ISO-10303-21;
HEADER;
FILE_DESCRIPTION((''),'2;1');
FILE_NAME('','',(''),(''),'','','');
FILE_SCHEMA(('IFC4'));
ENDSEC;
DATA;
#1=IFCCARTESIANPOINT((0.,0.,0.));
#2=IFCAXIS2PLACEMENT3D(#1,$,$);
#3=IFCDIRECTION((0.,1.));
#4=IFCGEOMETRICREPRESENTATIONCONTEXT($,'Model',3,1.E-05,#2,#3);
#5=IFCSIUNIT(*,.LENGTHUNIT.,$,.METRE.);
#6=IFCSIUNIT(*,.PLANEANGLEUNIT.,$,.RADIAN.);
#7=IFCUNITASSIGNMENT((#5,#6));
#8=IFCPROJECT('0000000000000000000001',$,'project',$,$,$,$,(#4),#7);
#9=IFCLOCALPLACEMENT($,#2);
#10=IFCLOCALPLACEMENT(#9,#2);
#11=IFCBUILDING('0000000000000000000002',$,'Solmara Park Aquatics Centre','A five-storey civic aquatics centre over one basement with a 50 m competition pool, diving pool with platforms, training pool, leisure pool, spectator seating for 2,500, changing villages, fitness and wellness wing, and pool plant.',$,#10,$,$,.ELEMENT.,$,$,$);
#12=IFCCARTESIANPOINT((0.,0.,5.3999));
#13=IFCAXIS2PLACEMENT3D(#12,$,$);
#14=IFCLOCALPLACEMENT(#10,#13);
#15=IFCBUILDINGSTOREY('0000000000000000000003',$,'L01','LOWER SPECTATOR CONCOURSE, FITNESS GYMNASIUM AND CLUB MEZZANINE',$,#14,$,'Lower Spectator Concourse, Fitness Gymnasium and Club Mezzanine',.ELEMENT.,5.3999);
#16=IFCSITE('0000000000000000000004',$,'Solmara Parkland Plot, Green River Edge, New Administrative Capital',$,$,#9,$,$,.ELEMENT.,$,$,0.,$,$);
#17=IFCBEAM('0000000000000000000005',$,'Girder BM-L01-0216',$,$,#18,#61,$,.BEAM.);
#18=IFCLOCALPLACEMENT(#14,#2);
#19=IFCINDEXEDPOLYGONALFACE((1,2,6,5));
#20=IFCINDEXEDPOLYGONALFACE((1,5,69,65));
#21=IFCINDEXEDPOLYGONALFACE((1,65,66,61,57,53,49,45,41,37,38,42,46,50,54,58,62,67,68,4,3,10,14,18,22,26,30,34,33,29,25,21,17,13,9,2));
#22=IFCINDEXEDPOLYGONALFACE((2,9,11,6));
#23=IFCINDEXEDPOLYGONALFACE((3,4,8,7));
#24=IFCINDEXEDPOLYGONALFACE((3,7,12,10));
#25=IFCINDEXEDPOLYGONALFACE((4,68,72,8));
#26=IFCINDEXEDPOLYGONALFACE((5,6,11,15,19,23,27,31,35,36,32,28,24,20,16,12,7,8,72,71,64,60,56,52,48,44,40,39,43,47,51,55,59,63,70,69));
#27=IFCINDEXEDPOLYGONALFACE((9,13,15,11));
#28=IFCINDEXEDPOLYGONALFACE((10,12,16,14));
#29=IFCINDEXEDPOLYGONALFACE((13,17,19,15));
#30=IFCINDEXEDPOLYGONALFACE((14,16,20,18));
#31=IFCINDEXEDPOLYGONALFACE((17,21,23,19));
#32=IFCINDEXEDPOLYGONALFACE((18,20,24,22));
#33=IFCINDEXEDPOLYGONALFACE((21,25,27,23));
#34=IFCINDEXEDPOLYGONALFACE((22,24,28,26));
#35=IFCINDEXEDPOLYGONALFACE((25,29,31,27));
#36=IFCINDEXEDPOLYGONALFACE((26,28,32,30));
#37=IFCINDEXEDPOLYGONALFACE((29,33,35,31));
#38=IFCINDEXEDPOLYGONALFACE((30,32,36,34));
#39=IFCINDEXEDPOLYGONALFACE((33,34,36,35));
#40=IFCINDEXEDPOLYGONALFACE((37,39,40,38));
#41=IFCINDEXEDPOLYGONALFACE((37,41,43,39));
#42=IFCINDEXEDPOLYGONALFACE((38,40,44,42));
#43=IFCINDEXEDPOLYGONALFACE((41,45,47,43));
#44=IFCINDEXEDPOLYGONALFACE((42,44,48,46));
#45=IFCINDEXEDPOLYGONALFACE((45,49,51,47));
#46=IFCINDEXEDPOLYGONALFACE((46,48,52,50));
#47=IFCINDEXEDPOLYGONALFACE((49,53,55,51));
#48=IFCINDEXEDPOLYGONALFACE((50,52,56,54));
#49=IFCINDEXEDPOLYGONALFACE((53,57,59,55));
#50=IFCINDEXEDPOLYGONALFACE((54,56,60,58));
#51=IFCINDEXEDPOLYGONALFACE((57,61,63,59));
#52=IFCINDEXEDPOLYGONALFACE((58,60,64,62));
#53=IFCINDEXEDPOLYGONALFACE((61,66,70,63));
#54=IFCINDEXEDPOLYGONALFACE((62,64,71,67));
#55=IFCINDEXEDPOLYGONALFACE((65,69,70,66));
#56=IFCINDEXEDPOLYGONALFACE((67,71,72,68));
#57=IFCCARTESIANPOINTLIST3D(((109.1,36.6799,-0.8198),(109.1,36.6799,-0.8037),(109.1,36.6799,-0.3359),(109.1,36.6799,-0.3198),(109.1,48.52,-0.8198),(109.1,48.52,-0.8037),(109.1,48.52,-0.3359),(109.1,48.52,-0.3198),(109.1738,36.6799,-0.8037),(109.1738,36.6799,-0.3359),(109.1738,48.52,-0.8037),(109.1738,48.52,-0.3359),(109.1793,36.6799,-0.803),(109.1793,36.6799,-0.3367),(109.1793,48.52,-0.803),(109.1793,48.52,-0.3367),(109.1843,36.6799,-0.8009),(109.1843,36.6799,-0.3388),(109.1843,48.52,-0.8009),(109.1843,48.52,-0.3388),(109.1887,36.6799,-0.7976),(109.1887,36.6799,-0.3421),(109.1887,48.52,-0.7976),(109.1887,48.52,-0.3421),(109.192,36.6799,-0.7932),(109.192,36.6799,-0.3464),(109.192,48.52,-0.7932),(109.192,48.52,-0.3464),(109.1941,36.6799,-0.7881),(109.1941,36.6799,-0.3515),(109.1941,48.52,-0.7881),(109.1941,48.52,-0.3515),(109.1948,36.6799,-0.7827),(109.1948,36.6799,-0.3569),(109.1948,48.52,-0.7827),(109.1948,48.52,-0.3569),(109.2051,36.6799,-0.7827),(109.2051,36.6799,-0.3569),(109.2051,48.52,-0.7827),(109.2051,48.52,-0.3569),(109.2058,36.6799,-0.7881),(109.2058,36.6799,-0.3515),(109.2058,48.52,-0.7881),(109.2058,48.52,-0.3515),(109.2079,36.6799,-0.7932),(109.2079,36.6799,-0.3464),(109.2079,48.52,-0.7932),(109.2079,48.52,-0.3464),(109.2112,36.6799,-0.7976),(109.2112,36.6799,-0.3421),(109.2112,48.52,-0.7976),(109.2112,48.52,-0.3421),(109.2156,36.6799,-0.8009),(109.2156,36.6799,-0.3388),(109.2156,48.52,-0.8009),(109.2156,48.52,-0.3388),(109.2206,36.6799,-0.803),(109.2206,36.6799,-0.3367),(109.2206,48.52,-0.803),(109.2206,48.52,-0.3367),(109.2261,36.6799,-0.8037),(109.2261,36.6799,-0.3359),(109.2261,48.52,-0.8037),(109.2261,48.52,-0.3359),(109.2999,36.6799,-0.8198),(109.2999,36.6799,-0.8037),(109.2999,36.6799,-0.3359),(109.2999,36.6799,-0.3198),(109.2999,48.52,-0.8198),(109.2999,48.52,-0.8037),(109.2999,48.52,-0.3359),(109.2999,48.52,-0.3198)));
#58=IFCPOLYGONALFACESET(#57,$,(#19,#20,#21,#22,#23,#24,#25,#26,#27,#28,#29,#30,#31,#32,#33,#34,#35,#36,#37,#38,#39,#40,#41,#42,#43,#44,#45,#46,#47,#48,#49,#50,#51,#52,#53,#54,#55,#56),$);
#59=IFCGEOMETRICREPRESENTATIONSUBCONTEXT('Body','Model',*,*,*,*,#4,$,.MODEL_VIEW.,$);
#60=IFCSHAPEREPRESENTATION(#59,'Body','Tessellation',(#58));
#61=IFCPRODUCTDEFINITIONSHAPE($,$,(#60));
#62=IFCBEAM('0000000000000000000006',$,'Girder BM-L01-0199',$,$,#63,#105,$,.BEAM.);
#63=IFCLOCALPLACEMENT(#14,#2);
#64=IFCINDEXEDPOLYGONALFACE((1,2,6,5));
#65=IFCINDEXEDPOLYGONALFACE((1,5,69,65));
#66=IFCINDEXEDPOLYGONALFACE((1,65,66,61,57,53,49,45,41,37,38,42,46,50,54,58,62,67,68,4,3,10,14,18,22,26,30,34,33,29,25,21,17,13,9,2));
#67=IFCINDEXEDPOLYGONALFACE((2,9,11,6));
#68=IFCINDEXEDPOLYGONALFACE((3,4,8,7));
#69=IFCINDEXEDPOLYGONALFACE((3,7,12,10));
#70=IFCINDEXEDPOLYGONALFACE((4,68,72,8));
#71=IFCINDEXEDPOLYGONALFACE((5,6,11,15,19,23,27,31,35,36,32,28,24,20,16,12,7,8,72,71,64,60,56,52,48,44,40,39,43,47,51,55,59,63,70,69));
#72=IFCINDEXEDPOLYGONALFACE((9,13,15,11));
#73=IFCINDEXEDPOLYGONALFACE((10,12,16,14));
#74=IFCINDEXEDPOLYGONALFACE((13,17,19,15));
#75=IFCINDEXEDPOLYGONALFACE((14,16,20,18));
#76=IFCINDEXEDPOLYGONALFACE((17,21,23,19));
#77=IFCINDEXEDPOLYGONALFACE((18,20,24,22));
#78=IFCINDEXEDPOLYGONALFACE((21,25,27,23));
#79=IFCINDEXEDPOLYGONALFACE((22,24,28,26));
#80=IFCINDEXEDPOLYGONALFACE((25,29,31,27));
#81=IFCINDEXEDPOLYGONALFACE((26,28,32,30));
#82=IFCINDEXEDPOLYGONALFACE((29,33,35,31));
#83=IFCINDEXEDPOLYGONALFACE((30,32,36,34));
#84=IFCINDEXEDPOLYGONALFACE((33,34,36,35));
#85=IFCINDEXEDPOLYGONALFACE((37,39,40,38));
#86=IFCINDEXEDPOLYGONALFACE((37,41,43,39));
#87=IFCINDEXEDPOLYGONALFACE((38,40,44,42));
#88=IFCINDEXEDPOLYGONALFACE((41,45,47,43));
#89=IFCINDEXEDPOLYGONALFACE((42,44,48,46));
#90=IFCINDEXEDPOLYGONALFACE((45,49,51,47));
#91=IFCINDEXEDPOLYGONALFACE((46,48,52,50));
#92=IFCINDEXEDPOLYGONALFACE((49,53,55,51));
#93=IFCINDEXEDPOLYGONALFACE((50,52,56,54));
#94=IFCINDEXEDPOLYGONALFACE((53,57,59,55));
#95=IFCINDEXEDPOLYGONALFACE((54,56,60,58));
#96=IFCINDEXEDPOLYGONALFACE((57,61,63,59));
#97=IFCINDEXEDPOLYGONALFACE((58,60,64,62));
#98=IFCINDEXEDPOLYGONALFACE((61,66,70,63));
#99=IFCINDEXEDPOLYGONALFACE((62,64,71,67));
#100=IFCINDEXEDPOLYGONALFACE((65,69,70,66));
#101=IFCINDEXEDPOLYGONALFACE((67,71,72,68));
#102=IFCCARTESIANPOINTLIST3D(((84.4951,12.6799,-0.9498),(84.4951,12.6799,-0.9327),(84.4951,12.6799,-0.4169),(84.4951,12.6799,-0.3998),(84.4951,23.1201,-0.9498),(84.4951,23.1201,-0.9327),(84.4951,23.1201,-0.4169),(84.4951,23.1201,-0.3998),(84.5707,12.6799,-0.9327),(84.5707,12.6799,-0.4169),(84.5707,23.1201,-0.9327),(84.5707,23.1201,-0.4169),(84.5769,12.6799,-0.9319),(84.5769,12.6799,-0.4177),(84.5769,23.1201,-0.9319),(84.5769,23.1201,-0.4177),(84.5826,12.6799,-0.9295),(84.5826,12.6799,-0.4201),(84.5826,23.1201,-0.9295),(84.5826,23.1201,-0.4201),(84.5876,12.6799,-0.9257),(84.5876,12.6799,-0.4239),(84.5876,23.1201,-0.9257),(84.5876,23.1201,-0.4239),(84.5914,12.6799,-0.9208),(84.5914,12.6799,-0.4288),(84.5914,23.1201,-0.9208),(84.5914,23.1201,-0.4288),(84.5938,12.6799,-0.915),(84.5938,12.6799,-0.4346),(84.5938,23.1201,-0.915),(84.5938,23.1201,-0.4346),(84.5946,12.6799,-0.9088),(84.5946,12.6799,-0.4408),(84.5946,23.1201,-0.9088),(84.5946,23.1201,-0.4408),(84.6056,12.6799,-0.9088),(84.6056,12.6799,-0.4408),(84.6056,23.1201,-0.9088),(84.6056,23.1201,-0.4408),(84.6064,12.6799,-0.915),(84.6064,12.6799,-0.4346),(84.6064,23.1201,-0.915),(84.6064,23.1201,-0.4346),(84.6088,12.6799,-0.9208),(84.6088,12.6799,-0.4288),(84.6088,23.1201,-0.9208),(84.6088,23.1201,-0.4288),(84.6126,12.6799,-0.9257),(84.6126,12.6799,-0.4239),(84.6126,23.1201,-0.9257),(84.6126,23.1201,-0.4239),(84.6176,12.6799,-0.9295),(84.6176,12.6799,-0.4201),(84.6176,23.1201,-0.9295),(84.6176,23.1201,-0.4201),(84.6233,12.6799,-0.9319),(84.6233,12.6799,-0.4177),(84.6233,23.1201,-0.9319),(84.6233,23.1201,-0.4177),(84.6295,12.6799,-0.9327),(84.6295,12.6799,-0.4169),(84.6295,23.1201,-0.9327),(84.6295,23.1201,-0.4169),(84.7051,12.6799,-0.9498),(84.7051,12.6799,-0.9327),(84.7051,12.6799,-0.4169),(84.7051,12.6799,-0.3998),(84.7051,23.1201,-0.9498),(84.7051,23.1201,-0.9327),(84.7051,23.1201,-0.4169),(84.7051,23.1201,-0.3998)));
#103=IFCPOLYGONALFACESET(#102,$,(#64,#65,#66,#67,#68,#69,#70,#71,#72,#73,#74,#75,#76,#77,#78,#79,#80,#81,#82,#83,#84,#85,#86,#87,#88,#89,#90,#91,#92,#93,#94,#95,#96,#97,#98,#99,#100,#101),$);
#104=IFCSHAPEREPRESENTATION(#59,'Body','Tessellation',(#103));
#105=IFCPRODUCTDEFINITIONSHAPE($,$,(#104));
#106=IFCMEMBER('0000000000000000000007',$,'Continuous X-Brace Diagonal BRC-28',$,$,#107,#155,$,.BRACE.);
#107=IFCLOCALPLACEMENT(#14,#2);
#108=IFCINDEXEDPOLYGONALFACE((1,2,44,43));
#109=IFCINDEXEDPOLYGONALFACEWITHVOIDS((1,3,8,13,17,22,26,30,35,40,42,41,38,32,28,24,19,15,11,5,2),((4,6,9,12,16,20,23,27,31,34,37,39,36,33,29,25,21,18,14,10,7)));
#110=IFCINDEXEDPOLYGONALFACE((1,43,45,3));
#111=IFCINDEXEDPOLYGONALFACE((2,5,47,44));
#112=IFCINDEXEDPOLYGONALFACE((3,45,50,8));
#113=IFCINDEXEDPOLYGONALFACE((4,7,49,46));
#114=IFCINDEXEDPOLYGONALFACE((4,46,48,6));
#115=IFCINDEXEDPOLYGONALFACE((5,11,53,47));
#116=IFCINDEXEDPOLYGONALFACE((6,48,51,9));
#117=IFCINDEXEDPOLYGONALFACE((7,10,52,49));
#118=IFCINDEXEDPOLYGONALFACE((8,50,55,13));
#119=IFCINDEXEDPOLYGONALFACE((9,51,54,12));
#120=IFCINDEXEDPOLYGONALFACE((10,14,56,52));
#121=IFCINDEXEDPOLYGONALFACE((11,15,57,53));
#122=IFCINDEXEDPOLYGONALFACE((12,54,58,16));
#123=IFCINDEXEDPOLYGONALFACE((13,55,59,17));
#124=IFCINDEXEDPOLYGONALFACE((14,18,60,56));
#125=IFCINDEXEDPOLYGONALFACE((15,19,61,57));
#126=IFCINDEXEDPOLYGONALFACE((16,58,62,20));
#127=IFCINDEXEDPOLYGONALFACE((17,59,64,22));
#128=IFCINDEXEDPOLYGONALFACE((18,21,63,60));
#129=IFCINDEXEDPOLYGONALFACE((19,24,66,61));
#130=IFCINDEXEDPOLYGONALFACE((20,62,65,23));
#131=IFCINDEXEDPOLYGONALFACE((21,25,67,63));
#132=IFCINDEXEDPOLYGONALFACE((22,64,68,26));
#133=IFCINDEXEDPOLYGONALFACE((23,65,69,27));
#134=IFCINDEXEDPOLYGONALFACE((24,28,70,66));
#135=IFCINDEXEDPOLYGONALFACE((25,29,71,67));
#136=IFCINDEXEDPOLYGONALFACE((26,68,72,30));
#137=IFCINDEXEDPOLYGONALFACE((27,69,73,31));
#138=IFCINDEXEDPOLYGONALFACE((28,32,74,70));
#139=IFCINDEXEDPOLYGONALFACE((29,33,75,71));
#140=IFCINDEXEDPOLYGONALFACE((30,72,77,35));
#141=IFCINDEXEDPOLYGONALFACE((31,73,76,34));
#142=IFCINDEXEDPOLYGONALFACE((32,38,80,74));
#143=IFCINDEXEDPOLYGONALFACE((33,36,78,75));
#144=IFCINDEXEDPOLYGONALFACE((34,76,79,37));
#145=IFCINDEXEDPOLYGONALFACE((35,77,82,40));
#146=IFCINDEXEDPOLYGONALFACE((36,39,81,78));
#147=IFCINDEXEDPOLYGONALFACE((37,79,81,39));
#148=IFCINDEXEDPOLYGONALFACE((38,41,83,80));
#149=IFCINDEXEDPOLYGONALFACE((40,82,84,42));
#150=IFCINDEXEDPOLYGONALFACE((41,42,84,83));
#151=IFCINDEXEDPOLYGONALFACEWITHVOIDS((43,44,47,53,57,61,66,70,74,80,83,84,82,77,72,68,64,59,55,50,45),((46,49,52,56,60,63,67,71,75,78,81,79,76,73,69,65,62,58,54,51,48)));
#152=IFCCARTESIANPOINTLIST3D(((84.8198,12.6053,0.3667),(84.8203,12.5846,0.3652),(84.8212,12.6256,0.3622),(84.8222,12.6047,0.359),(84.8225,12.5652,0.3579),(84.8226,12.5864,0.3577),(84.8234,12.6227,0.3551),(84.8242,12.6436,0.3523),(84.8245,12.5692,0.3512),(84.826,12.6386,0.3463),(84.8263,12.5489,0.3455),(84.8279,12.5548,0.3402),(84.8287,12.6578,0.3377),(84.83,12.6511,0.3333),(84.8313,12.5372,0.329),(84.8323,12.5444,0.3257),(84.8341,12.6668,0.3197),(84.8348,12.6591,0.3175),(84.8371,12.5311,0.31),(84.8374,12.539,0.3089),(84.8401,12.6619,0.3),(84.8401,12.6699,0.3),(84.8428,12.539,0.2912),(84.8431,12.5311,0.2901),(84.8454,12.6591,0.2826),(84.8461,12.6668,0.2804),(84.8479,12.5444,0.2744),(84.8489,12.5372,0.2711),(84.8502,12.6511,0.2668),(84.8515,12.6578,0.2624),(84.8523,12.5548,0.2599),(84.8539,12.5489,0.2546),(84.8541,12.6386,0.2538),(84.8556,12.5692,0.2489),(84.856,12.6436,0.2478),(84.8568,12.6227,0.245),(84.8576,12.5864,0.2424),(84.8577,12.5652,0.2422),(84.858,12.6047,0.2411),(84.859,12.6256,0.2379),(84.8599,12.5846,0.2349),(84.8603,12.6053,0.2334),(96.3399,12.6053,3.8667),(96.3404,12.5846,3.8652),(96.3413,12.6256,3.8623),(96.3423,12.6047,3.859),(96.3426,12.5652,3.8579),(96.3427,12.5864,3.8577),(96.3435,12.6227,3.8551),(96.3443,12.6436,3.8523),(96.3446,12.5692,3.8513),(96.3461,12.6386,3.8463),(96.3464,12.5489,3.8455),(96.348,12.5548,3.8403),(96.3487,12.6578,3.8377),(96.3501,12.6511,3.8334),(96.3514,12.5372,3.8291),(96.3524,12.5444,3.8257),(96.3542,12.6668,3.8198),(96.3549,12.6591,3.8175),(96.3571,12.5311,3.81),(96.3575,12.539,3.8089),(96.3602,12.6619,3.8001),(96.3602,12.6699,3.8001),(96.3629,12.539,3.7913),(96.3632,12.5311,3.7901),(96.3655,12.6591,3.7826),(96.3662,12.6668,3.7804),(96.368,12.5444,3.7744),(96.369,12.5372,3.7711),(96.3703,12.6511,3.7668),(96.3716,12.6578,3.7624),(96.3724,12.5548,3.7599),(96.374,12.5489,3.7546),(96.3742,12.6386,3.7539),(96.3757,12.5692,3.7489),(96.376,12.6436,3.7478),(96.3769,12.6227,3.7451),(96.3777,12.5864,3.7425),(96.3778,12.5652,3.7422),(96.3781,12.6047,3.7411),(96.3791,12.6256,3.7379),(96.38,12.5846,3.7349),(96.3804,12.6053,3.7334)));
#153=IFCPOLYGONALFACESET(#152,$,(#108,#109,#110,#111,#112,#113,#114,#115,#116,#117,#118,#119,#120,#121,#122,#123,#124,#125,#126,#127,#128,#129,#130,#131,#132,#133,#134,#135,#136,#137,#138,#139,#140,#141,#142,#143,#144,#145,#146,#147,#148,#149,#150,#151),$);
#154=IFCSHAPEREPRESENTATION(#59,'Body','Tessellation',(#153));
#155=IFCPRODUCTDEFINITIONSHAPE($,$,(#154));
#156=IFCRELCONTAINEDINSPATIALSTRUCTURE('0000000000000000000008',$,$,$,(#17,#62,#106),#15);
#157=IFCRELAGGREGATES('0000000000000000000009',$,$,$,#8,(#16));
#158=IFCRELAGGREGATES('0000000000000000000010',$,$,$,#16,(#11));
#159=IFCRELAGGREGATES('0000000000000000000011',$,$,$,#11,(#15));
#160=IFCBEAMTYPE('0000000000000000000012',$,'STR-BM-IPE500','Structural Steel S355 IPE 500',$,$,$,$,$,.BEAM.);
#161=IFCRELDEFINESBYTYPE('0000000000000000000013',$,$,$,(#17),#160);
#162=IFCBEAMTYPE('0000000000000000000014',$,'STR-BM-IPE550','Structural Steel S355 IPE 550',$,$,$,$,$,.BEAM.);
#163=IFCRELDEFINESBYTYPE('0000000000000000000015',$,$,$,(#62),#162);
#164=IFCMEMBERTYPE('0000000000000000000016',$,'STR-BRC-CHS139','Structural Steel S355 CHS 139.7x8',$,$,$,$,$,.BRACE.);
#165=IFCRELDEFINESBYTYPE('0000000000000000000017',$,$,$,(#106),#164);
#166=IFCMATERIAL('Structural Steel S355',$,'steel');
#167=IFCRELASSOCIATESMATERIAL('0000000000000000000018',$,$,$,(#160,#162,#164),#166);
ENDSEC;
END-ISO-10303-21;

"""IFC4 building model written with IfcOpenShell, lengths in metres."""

from ifc_helpers import new_model, si_unit, direction, frame, origin, origin_2d, place, context, subcontext, project, spatial, hollow_circle, i_section, extrude, material, material_profile, profile_set, type_object, element, save


model = new_model("IFC4")

# Units and contexts
model_context = context("Model", 3, precision=1e-05, world=origin(), true_north=direction((0.0, 1.0)))
body_context = subcontext(model_context, "Body", "Model", "MODEL_VIEW")
ifc_project = project(units=[si_unit("LENGTHUNIT", "METRE"), si_unit("PLANEANGLEUNIT", "RADIAN")], contexts=[model_context])

# Site, building, storey
site_placement = place(None, origin())
site = spatial("IfcSite", under=ifc_project, at=site_placement, Name="Solmara Parkland Plot, Green River Edge, New Administrative Capital", CompositionType="ELEMENT", RefElevation=0.0)
building_placement = place(site_placement, origin())
building = spatial("IfcBuilding", under=site, at=building_placement, Name="Solmara Park Aquatics Centre", Description="A five-storey civic aquatics centre over one basement with a 50 m competition pool, diving pool with platforms, training pool, leisure pool, spectator seating for 2,500, changing villages, fitness and wellness wing, and pool plant.", CompositionType="ELEMENT")
storey_placement = place(building_placement, frame((0.0, 0.0, 5.3999)))
storey = spatial("IfcBuildingStorey", under=building, at=storey_placement, Name="L01", Description="LOWER SPECTATOR CONCOURSE, FITNESS GYMNASIUM AND CLUB MEZZANINE", LongName="Lower Spectator Concourse, Fitness Gymnasium and Club Mezzanine", CompositionType="ELEMENT", Elevation=5.3999)

# Shared definitions
ifc_material_1 = material(Name="Structural Steel S355", Category="steel")

# Beams
ifc_material_profile_1 = material_profile(ifc_material_1, i_section(OverallWidth=0.2, OverallDepth=0.5, WebThickness=0.0103, FlangeThickness=0.0161, FilletRadius=0.021, at=origin_2d()), Name="IPE 500")
ifc_profile_set_1 = profile_set([ifc_material_profile_1], Name="Structural Steel S355")
beam_type_1 = type_object("IfcBeamType", Name="STR-BM-IPE500", Description="Structural Steel S355 IPE 500", PredefinedType="BEAM", material=ifc_profile_set_1)
for number, where, z_axis, x_axis, name in (
    (1, (109.2, 36.6799, -0.5698), (0.0, 1.0, 0.0), (-1.0, 0.0, 0.0), "Girder BM-L01-0216"),
):
    element("IfcBeam", number, at=place(storey_placement, frame(where, z_axis=z_axis, x_axis=x_axis)), inside=storey, type_object=beam_type_1, Name=name, PredefinedType="BEAM", context=body_context, shape_type="SweptSolid", body=[
        extrude(i_section(OverallWidth=0.2, OverallDepth=0.5, WebThickness=0.0103, FlangeThickness=0.0161, FilletRadius=0.021, at=origin_2d()), origin(), (0.0, 0.0, 1.0), 11.8401),
    ])
ifc_material_profile_2 = material_profile(ifc_material_1, i_section(OverallWidth=0.21, OverallDepth=0.55, WebThickness=0.011, FlangeThickness=0.0171, FilletRadius=0.0239, at=origin_2d()), Name="IPE 550")
ifc_profile_set_2 = profile_set([ifc_material_profile_2], Name="Structural Steel S355")
beam_type_2 = type_object("IfcBeamType", Name="STR-BM-IPE550", Description="Structural Steel S355 IPE 550", PredefinedType="BEAM", material=ifc_profile_set_2)
beam_1_placement = place(storey_placement, frame((84.6001, 12.6799, -0.6748), z_axis=(0.0, 1.0, 0.0), x_axis=(-1.0, 0.0, 0.0)))
element("IfcBeam", 2, at=beam_1_placement, inside=storey, type_object=beam_type_2, Name="Girder BM-L01-0199", PredefinedType="BEAM", context=body_context, shape_type="SweptSolid", body=[
    extrude(i_section(OverallWidth=0.21, OverallDepth=0.55, WebThickness=0.011, FlangeThickness=0.0171, FilletRadius=0.0239, at=origin_2d()), origin(), (0.0, 0.0, 1.0), 10.4402),
])

# Member
ifc_material_profile_3 = material_profile(ifc_material_1, hollow_circle(Radius=0.0698, WallThickness=0.0081, at=origin_2d()), Name="CHS 139.7x8")
ifc_profile_set_3 = profile_set([ifc_material_profile_3], Name="Structural Steel S355")
member_type_1 = type_object("IfcMemberType", Name="STR-BRC-CHS139", Description="Structural Steel S355 CHS 139.7x8", PredefinedType="BRACE", material=ifc_profile_set_3)
member_1_placement = place(storey_placement, frame((84.8401, 12.6001, 0.3), z_axis=(0.956815, 0.0, 0.290698), x_axis=(0.0, 1.0, 0.0)))
element("IfcMember", 3, at=member_1_placement, inside=storey, type_object=member_type_1, Name="Continuous X-Brace Diagonal BRC-28", PredefinedType="BRACE", context=body_context, shape_type="SweptSolid", body=[
    extrude(hollow_circle(Radius=0.0698, WallThickness=0.0081, at=origin_2d()), origin(), (0.0, 0.0, 1.0), 12.04),
])

save(model, "model.ifc")
